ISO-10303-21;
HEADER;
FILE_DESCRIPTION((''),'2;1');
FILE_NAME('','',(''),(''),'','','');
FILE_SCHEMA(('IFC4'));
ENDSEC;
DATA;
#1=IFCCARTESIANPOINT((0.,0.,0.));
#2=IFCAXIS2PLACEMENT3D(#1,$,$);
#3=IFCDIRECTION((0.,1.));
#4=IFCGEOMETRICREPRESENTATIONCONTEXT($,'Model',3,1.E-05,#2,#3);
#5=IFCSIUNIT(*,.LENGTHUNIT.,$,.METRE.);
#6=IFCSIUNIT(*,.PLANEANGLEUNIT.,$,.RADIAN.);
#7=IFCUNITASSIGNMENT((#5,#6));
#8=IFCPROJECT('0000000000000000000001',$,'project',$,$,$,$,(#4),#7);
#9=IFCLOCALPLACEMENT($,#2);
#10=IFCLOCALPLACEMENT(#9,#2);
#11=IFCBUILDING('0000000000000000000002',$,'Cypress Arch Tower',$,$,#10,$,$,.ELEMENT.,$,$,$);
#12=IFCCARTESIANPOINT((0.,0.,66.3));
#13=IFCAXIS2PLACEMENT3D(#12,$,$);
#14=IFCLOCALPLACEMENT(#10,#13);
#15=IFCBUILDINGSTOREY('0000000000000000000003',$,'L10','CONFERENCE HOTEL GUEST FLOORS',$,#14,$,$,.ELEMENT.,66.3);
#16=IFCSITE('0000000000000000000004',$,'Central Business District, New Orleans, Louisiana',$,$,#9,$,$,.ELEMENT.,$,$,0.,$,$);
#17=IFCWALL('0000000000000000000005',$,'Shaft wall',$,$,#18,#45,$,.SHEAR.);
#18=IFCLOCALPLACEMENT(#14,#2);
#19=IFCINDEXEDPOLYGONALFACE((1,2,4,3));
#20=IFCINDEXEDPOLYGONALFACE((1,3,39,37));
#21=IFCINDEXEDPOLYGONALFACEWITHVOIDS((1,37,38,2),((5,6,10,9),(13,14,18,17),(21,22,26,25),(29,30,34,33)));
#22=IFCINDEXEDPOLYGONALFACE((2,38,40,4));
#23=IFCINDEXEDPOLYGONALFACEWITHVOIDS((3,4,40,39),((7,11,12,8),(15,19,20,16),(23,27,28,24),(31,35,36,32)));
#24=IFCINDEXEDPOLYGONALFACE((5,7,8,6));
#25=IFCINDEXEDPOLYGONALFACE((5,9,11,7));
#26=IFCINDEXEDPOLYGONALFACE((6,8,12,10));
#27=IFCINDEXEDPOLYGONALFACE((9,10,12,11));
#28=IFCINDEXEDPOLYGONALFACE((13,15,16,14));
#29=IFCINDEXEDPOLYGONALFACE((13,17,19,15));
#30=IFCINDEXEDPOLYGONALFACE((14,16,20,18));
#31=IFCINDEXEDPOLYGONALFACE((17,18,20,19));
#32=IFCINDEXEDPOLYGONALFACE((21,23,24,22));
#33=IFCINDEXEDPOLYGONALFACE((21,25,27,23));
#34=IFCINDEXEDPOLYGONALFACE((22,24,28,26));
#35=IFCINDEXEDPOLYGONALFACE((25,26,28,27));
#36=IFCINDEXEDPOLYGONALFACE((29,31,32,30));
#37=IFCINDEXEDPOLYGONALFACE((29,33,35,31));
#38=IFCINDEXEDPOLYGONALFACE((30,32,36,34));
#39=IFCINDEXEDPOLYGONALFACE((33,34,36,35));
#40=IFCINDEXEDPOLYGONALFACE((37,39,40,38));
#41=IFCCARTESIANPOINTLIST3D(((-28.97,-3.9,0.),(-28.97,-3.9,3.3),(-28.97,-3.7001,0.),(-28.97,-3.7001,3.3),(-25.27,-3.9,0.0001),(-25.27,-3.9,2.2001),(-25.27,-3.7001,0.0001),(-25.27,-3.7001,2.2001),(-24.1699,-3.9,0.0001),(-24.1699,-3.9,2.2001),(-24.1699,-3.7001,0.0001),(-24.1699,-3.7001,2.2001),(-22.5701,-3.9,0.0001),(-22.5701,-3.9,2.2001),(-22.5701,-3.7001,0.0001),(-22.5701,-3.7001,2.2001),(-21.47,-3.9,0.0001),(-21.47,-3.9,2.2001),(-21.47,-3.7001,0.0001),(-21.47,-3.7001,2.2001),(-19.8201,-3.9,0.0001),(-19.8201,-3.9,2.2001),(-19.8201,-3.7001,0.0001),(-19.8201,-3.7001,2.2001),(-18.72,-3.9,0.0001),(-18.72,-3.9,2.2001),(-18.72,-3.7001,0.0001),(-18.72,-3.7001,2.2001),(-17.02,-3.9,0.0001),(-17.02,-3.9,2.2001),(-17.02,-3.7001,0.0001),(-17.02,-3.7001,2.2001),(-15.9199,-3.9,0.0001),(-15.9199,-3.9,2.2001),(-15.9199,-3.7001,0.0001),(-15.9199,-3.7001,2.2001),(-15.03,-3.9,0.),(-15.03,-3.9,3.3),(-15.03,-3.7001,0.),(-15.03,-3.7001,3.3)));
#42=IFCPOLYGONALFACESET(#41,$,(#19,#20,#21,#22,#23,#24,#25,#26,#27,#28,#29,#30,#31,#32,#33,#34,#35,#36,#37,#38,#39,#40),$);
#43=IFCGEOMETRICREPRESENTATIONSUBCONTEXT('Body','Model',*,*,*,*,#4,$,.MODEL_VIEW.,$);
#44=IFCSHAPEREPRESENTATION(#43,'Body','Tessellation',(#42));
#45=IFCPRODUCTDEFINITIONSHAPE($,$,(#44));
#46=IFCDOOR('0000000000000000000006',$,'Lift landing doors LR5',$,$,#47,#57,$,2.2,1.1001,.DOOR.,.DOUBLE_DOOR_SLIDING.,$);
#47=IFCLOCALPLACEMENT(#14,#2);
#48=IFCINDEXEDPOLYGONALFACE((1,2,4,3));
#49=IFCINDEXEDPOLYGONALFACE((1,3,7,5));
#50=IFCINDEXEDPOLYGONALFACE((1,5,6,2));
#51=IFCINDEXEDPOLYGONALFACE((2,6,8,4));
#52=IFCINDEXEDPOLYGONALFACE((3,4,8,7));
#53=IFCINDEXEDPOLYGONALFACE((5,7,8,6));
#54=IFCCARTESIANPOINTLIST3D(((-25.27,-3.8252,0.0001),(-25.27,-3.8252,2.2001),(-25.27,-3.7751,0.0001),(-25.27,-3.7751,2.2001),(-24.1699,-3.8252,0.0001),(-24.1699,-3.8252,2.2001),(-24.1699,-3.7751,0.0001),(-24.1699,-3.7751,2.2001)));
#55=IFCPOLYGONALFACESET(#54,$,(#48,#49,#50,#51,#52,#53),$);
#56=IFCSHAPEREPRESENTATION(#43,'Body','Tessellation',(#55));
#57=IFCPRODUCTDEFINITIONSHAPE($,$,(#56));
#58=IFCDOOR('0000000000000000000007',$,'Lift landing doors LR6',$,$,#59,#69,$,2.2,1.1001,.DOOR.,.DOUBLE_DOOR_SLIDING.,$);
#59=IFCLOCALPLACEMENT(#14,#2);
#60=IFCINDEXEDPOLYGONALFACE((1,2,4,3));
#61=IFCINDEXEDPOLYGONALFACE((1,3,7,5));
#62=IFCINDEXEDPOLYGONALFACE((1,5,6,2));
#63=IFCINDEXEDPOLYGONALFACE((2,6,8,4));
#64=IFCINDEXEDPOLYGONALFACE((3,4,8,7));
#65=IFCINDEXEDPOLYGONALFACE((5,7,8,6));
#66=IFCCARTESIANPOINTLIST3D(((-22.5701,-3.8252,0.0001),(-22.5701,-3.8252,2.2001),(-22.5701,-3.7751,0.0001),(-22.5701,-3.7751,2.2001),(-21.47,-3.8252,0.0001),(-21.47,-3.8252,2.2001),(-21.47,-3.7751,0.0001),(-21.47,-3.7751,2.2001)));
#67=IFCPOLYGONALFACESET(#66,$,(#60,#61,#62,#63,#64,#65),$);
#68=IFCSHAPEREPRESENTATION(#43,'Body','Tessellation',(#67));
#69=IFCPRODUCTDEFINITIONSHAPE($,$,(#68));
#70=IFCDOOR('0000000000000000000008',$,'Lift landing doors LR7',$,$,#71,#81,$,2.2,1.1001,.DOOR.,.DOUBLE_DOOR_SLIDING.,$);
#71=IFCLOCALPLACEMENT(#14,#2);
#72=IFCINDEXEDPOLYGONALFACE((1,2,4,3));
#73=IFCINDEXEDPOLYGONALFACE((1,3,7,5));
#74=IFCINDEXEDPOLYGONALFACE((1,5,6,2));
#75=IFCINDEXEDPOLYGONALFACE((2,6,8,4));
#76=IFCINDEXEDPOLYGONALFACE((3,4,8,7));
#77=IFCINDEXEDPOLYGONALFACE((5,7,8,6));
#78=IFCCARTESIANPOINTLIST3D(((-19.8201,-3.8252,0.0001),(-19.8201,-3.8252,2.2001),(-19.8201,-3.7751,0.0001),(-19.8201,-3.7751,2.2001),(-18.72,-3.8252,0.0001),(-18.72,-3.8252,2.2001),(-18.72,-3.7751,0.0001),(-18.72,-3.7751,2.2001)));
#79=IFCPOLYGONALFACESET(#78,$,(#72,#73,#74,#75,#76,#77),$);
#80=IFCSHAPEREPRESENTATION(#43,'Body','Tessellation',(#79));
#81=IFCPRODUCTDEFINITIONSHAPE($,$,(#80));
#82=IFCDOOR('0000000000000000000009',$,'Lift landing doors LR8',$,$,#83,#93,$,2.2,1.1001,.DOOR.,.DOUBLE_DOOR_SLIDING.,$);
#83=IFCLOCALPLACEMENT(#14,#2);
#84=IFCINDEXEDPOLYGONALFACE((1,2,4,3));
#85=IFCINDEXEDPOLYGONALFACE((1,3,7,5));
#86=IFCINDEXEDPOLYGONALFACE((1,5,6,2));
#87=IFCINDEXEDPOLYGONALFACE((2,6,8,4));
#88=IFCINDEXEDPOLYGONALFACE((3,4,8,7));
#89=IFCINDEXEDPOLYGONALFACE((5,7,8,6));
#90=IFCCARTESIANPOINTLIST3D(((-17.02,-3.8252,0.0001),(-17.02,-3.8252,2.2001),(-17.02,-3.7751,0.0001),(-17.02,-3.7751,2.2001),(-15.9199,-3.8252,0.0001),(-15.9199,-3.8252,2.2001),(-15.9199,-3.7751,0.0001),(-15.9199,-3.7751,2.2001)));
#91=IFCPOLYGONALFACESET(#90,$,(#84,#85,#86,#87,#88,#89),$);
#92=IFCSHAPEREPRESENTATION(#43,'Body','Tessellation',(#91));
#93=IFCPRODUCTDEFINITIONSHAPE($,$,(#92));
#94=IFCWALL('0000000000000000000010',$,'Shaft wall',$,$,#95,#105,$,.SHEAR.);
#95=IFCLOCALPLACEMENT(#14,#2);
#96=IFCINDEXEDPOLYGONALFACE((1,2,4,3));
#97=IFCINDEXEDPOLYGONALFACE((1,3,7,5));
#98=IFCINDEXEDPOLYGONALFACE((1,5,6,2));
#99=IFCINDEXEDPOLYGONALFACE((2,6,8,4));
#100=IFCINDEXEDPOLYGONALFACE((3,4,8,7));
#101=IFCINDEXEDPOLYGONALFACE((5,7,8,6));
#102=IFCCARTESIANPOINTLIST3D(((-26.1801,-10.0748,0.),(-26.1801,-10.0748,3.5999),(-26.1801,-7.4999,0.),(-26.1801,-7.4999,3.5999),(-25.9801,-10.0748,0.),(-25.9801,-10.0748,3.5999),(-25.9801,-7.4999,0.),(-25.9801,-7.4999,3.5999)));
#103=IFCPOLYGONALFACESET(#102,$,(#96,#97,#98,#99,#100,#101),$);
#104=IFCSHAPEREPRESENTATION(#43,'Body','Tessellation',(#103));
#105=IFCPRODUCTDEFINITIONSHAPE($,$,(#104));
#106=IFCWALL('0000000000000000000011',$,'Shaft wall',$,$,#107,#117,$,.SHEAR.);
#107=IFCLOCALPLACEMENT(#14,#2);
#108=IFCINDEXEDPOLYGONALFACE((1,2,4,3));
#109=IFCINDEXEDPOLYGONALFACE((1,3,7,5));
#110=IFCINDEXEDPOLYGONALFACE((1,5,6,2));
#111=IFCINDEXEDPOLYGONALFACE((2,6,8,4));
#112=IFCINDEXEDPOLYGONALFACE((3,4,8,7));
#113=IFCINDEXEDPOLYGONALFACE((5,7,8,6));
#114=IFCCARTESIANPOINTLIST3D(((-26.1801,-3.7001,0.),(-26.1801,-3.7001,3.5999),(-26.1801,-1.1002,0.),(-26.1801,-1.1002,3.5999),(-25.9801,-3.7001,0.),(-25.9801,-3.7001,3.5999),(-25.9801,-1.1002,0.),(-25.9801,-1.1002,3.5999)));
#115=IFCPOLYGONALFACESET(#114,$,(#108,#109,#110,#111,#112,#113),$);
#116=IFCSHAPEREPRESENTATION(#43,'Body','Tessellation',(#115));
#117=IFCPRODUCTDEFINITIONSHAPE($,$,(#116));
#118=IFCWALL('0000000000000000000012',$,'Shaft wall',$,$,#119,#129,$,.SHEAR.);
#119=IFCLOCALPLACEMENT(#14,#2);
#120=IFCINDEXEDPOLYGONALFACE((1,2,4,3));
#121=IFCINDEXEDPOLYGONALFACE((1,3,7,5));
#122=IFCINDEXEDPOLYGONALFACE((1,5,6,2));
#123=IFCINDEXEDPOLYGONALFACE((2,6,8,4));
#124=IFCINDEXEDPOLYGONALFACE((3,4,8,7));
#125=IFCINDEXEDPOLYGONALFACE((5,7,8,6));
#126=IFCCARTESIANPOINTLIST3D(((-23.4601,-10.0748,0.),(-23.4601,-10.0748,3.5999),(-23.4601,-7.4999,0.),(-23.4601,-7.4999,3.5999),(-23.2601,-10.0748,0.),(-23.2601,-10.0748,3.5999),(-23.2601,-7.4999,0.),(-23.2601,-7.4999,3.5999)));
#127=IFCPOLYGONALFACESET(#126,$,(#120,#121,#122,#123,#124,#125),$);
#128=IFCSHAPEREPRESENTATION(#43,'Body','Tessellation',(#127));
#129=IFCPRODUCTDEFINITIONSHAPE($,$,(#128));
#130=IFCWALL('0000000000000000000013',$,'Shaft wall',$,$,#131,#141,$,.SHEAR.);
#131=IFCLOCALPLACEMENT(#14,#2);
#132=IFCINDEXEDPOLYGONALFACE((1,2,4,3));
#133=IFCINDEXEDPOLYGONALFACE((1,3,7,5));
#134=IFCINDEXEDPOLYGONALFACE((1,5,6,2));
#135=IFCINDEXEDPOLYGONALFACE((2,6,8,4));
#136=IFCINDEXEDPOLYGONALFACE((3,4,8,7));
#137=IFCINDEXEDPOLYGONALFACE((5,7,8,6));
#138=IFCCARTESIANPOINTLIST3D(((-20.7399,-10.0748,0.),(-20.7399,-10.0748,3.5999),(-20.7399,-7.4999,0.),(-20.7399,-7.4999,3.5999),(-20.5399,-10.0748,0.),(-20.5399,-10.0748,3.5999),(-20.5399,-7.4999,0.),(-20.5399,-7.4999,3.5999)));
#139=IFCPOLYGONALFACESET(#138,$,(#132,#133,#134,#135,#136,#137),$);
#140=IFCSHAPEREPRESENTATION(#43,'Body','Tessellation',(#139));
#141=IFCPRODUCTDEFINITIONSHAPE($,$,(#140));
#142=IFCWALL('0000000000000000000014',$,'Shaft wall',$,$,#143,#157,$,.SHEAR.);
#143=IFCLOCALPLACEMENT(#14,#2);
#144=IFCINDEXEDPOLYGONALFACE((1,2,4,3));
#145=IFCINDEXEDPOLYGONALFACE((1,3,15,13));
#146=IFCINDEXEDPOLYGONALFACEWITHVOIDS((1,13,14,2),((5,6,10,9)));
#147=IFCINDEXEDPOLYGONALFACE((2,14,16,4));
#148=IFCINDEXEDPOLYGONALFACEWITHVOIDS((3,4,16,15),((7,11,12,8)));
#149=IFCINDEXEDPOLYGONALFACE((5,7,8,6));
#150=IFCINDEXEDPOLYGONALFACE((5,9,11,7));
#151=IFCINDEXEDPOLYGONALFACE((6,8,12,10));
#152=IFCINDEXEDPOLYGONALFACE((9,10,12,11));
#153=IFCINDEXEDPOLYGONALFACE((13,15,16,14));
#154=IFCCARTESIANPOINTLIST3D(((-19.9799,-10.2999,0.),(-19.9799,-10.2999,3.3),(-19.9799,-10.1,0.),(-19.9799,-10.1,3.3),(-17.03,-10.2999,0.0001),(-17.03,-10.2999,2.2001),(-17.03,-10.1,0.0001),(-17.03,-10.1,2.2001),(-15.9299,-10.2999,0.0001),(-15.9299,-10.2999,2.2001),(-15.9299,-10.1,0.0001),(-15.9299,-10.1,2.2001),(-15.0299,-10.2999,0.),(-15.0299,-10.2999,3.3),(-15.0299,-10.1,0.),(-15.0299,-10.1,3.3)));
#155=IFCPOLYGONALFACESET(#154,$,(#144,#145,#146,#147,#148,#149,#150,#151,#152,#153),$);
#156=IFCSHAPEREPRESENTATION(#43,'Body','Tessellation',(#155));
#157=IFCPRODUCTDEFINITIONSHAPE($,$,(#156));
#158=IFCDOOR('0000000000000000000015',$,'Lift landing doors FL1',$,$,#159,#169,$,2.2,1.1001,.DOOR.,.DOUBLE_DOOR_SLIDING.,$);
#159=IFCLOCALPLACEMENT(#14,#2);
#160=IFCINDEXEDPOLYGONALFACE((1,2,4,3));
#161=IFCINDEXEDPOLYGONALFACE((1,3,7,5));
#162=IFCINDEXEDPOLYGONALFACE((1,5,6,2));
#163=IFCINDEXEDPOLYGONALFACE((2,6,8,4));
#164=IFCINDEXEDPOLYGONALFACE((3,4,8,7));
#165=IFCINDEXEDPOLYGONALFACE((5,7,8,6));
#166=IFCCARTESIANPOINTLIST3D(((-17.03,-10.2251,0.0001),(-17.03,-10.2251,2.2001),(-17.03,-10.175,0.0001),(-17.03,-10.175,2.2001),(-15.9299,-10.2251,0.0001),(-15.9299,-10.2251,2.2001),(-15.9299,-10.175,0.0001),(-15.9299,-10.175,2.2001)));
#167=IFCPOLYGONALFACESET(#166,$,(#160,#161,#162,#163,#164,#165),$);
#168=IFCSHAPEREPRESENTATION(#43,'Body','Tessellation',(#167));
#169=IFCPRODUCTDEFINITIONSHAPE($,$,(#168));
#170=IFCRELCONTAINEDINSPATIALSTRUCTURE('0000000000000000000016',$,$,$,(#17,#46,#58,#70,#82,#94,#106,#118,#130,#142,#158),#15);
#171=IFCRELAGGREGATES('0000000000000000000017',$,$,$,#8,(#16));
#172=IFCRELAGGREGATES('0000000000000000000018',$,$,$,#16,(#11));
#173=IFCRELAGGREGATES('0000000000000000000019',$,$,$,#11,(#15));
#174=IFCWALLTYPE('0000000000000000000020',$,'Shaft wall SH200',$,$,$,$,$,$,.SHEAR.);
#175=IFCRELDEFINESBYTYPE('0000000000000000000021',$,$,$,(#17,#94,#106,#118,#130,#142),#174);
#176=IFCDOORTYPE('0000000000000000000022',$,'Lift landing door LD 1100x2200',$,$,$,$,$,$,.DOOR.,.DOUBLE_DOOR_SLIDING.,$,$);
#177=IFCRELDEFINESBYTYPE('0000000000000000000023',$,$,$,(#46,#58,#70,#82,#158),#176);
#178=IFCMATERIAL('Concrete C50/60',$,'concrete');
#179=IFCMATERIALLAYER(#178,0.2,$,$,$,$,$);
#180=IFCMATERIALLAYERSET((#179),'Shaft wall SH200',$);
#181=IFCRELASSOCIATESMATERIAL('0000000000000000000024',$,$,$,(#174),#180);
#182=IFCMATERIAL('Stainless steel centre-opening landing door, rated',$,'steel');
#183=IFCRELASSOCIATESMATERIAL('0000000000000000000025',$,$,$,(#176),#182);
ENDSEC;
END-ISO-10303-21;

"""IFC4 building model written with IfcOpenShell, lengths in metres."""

from ifc_helpers import new_model, si_unit, direction, frame, frame_2d, origin, place, context, subcontext, project, spatial, rectangle, extrude, material, layer, layer_set, type_object, element, fill, save


model = new_model("IFC4")

# Units and contexts
model_context = context("Model", 3, precision=1e-05, world=origin(), true_north=direction((0.0, 1.0)))
body_context = subcontext(model_context, "Body", "Model", "MODEL_VIEW")
ifc_project = project(units=[si_unit("LENGTHUNIT", "METRE"), si_unit("PLANEANGLEUNIT", "RADIAN")], contexts=[model_context])

# Site, building, storey
site_placement = place(None, origin())
site = spatial("IfcSite", under=ifc_project, at=site_placement, Name="Central Business District, New Orleans, Louisiana", CompositionType="ELEMENT", RefElevation=0.0)
building_placement = place(site_placement, origin())
building = spatial("IfcBuilding", under=site, at=building_placement, Name="Cypress Arch Tower", CompositionType="ELEMENT")
storey_placement = place(building_placement, frame((0.0, 0.0, 66.3)))
storey = spatial("IfcBuildingStorey", under=building, at=storey_placement, Name="L10", Description="CONFERENCE HOTEL GUEST FLOORS", CompositionType="ELEMENT", Elevation=66.3)

# Wall, openings, doors
ifc_material_1 = material(Name="Concrete C50/60", Category="concrete")
ifc_layer_1 = layer(ifc_material_1, 0.2)
ifc_layer_set_1 = layer_set([ifc_layer_1], Name="Shaft wall SH200")
wall_type_1 = type_object("IfcWallType", Name="Shaft wall SH200", PredefinedType="SHEAR", material=ifc_layer_set_1)
ifc_material_2 = material(Name="Stainless steel centre-opening landing door, rated", Category="steel")
door_type = type_object("IfcDoorType", Name="Lift landing door LD 1100x2200", OperationType="DOUBLE_DOOR_SLIDING", PredefinedType="DOOR", material=ifc_material_2)
wall_1_placement = place(storey_placement, frame((-28.97, -3.8, 0.0), z_axis=(0.0, 0.0, 1.0), x_axis=(1.0, 0.0, 0.0)))
wall_1 = element("IfcWall", 1, at=wall_1_placement, inside=storey, type_object=wall_type_1, Name="Shaft wall", PredefinedType="SHEAR", context=body_context, shape_type="SweptSolid", body=[
    extrude(rectangle(XDim=13.9399, YDim=0.2, at=frame_2d((6.97, 0.0))), origin(), (0.0, 0.0, 1.0), 3.3),
])
opening_1_placement = place(wall_1_placement, frame((3.7, 0.0, 0.0)))
opening_1 = element("IfcOpeningElement", 2, at=opening_1_placement, cuts=wall_1, PredefinedType="OPENING", context=body_context, shape_type="SweptSolid", body=[
    extrude(rectangle(XDim=1.1001, YDim=2.2, at=frame_2d((0.55, 1.1001))), frame((0.0, 0.1099, 0.0), z_axis=(0.0, -1.0, 0.0), x_axis=(1.0, 0.0, 0.0)), (0.0, 0.0, 1.0), 0.22),
])
opening_2_placement = place(wall_1_placement, frame((6.3999, 0.0, 0.0)))
opening_2 = element("IfcOpeningElement", 3, at=opening_2_placement, cuts=wall_1, PredefinedType="OPENING", context=body_context, shape_type="SweptSolid", body=[
    extrude(rectangle(XDim=1.1001, YDim=2.2, at=frame_2d((0.55, 1.1001))), frame((0.0, 0.1099, 0.0), z_axis=(0.0, -1.0, 0.0), x_axis=(1.0, 0.0, 0.0)), (0.0, 0.0, 1.0), 0.22),
])
opening_3_placement = place(wall_1_placement, frame((9.1499, 0.0, 0.0)))
opening_3 = element("IfcOpeningElement", 4, at=opening_3_placement, cuts=wall_1, PredefinedType="OPENING", context=body_context, shape_type="SweptSolid", body=[
    extrude(rectangle(XDim=1.1001, YDim=2.2, at=frame_2d((0.55, 1.1001))), frame((0.0, 0.1099, 0.0), z_axis=(0.0, -1.0, 0.0), x_axis=(1.0, 0.0, 0.0)), (0.0, 0.0, 1.0), 0.22),
])
opening_4_placement = place(wall_1_placement, frame((11.95, 0.0, 0.0)))
opening_4 = element("IfcOpeningElement", 5, at=opening_4_placement, cuts=wall_1, PredefinedType="OPENING", context=body_context, shape_type="SweptSolid", body=[
    extrude(rectangle(XDim=1.1001, YDim=2.2, at=frame_2d((0.55, 1.1001))), frame((0.0, 0.1099, 0.0), z_axis=(0.0, -1.0, 0.0), x_axis=(1.0, 0.0, 0.0)), (0.0, 0.0, 1.0), 0.22),
])
door_1_placement = place(opening_1_placement, origin())
door_1 = element("IfcDoor", 6, at=door_1_placement, inside=storey, type_object=door_type, Name="Lift landing doors LR5", OperationType="DOUBLE_DOOR_SLIDING", OverallHeight=2.2, OverallWidth=1.1001, PredefinedType="DOOR", context=body_context, shape_type="SweptSolid", body=[
    extrude(rectangle(XDim=1.1001, YDim=2.2, at=frame_2d((0.55, 1.1001))), frame((0.0, 0.0249, 0.0), z_axis=(0.0, -1.0, 0.0), x_axis=(1.0, 0.0, 0.0)), (0.0, 0.0, 1.0), 0.05),
])
fill(opening_1, door_1)
door_2_placement = place(opening_2_placement, origin())
door_2 = element("IfcDoor", 7, at=door_2_placement, inside=storey, type_object=door_type, Name="Lift landing doors LR6", OperationType="DOUBLE_DOOR_SLIDING", OverallHeight=2.2, OverallWidth=1.1001, PredefinedType="DOOR", context=body_context, shape_type="SweptSolid", body=[
    extrude(rectangle(XDim=1.1001, YDim=2.2, at=frame_2d((0.55, 1.1001))), frame((0.0, 0.0249, 0.0), z_axis=(0.0, -1.0, 0.0), x_axis=(1.0, 0.0, 0.0)), (0.0, 0.0, 1.0), 0.05),
])
fill(opening_2, door_2)
door_3_placement = place(opening_3_placement, origin())
door_3 = element("IfcDoor", 8, at=door_3_placement, inside=storey, type_object=door_type, Name="Lift landing doors LR7", OperationType="DOUBLE_DOOR_SLIDING", OverallHeight=2.2, OverallWidth=1.1001, PredefinedType="DOOR", context=body_context, shape_type="SweptSolid", body=[
    extrude(rectangle(XDim=1.1001, YDim=2.2, at=frame_2d((0.55, 1.1001))), frame((0.0, 0.0249, 0.0), z_axis=(0.0, -1.0, 0.0), x_axis=(1.0, 0.0, 0.0)), (0.0, 0.0, 1.0), 0.05),
])
fill(opening_3, door_3)
door_4_placement = place(opening_4_placement, origin())
door_4 = element("IfcDoor", 9, at=door_4_placement, inside=storey, type_object=door_type, Name="Lift landing doors LR8", OperationType="DOUBLE_DOOR_SLIDING", OverallHeight=2.2, OverallWidth=1.1001, PredefinedType="DOOR", context=body_context, shape_type="SweptSolid", body=[
    extrude(rectangle(XDim=1.1001, YDim=2.2, at=frame_2d((0.55, 1.1001))), frame((0.0, 0.0249, 0.0), z_axis=(0.0, -1.0, 0.0), x_axis=(1.0, 0.0, 0.0)), (0.0, 0.0, 1.0), 0.05),
])
fill(opening_4, door_4)

# Walls
wall_2_placement = place(storey_placement, frame((-26.0801, -10.075, 0.0), z_axis=(0.0, 0.0, 1.0), x_axis=(0.0, 1.0, 0.0)))
element("IfcWall", 10, at=wall_2_placement, inside=storey, type_object=wall_type_1, Name="Shaft wall", PredefinedType="SHEAR", context=body_context, shape_type="SweptSolid", body=[
    extrude(rectangle(XDim=2.575, YDim=0.2, at=frame_2d((1.2876, 0.0))), origin(), (0.0, 0.0, 1.0), 3.5999),
])
wall_3_placement = place(storey_placement, frame((-26.0801, -3.7, 0.0), z_axis=(0.0, 0.0, 1.0), x_axis=(0.0, 1.0, 0.0)))
element("IfcWall", 11, at=wall_3_placement, inside=storey, type_object=wall_type_1, Name="Shaft wall", PredefinedType="SHEAR", context=body_context, shape_type="SweptSolid", body=[
    extrude(rectangle(XDim=2.5999, YDim=0.2, at=frame_2d((1.2998, 0.0))), origin(), (0.0, 0.0, 1.0), 3.5999),
])
for number, where, z_axis, x_axis, name in (
    (12, (-23.3601, -10.075, 0.0), (0.0, 0.0, 1.0), (0.0, 1.0, 0.0), "Shaft wall"),
    (13, (-20.6399, -10.075, 0.0), (0.0, 0.0, 1.0), (0.0, 1.0, 0.0), "Shaft wall"),
):
    element("IfcWall", number, at=place(storey_placement, frame(where, z_axis=z_axis, x_axis=x_axis)), inside=storey, type_object=wall_type_1, Name=name, PredefinedType="SHEAR", context=body_context, shape_type="SweptSolid", body=[
        extrude(rectangle(XDim=2.575, YDim=0.2, at=frame_2d((1.2876, 0.0))), origin(), (0.0, 0.0, 1.0), 3.5999),
    ])

# Wall, opening, door
wall_4_placement = place(storey_placement, frame((-19.98, -10.2, 0.0), z_axis=(0.0, 0.0, 1.0), x_axis=(1.0, 0.0, 0.0)))
wall_4 = element("IfcWall", 14, at=wall_4_placement, inside=storey, type_object=wall_type_1, Name="Shaft wall", PredefinedType="SHEAR", context=body_context, shape_type="SweptSolid", body=[
    extrude(rectangle(XDim=4.95, YDim=0.2, at=frame_2d((2.4751, 0.0))), origin(), (0.0, 0.0, 1.0), 3.3),
])
opening_5_placement = place(wall_4_placement, frame((2.95, 0.0, 0.0)))
opening_5 = element("IfcOpeningElement", 15, at=opening_5_placement, cuts=wall_4, PredefinedType="OPENING", context=body_context, shape_type="SweptSolid", body=[
    extrude(rectangle(XDim=1.1001, YDim=2.2, at=frame_2d((0.55, 1.1001))), frame((0.0, 0.1099, 0.0), z_axis=(0.0, -1.0, 0.0), x_axis=(1.0, 0.0, 0.0)), (0.0, 0.0, 1.0), 0.22),
])
door_5_placement = place(opening_5_placement, origin())
door_5 = element("IfcDoor", 16, at=door_5_placement, inside=storey, type_object=door_type, Name="Lift landing doors FL1", OperationType="DOUBLE_DOOR_SLIDING", OverallHeight=2.2, OverallWidth=1.1001, PredefinedType="DOOR", context=body_context, shape_type="SweptSolid", body=[
    extrude(rectangle(XDim=1.1001, YDim=2.2, at=frame_2d((0.55, 1.1001))), frame((0.0, 0.0249, 0.0), z_axis=(0.0, -1.0, 0.0), x_axis=(1.0, 0.0, 0.0)), (0.0, 0.0, 1.0), 0.05),
])
fill(opening_5, door_5)

save(model, "model.ifc")
